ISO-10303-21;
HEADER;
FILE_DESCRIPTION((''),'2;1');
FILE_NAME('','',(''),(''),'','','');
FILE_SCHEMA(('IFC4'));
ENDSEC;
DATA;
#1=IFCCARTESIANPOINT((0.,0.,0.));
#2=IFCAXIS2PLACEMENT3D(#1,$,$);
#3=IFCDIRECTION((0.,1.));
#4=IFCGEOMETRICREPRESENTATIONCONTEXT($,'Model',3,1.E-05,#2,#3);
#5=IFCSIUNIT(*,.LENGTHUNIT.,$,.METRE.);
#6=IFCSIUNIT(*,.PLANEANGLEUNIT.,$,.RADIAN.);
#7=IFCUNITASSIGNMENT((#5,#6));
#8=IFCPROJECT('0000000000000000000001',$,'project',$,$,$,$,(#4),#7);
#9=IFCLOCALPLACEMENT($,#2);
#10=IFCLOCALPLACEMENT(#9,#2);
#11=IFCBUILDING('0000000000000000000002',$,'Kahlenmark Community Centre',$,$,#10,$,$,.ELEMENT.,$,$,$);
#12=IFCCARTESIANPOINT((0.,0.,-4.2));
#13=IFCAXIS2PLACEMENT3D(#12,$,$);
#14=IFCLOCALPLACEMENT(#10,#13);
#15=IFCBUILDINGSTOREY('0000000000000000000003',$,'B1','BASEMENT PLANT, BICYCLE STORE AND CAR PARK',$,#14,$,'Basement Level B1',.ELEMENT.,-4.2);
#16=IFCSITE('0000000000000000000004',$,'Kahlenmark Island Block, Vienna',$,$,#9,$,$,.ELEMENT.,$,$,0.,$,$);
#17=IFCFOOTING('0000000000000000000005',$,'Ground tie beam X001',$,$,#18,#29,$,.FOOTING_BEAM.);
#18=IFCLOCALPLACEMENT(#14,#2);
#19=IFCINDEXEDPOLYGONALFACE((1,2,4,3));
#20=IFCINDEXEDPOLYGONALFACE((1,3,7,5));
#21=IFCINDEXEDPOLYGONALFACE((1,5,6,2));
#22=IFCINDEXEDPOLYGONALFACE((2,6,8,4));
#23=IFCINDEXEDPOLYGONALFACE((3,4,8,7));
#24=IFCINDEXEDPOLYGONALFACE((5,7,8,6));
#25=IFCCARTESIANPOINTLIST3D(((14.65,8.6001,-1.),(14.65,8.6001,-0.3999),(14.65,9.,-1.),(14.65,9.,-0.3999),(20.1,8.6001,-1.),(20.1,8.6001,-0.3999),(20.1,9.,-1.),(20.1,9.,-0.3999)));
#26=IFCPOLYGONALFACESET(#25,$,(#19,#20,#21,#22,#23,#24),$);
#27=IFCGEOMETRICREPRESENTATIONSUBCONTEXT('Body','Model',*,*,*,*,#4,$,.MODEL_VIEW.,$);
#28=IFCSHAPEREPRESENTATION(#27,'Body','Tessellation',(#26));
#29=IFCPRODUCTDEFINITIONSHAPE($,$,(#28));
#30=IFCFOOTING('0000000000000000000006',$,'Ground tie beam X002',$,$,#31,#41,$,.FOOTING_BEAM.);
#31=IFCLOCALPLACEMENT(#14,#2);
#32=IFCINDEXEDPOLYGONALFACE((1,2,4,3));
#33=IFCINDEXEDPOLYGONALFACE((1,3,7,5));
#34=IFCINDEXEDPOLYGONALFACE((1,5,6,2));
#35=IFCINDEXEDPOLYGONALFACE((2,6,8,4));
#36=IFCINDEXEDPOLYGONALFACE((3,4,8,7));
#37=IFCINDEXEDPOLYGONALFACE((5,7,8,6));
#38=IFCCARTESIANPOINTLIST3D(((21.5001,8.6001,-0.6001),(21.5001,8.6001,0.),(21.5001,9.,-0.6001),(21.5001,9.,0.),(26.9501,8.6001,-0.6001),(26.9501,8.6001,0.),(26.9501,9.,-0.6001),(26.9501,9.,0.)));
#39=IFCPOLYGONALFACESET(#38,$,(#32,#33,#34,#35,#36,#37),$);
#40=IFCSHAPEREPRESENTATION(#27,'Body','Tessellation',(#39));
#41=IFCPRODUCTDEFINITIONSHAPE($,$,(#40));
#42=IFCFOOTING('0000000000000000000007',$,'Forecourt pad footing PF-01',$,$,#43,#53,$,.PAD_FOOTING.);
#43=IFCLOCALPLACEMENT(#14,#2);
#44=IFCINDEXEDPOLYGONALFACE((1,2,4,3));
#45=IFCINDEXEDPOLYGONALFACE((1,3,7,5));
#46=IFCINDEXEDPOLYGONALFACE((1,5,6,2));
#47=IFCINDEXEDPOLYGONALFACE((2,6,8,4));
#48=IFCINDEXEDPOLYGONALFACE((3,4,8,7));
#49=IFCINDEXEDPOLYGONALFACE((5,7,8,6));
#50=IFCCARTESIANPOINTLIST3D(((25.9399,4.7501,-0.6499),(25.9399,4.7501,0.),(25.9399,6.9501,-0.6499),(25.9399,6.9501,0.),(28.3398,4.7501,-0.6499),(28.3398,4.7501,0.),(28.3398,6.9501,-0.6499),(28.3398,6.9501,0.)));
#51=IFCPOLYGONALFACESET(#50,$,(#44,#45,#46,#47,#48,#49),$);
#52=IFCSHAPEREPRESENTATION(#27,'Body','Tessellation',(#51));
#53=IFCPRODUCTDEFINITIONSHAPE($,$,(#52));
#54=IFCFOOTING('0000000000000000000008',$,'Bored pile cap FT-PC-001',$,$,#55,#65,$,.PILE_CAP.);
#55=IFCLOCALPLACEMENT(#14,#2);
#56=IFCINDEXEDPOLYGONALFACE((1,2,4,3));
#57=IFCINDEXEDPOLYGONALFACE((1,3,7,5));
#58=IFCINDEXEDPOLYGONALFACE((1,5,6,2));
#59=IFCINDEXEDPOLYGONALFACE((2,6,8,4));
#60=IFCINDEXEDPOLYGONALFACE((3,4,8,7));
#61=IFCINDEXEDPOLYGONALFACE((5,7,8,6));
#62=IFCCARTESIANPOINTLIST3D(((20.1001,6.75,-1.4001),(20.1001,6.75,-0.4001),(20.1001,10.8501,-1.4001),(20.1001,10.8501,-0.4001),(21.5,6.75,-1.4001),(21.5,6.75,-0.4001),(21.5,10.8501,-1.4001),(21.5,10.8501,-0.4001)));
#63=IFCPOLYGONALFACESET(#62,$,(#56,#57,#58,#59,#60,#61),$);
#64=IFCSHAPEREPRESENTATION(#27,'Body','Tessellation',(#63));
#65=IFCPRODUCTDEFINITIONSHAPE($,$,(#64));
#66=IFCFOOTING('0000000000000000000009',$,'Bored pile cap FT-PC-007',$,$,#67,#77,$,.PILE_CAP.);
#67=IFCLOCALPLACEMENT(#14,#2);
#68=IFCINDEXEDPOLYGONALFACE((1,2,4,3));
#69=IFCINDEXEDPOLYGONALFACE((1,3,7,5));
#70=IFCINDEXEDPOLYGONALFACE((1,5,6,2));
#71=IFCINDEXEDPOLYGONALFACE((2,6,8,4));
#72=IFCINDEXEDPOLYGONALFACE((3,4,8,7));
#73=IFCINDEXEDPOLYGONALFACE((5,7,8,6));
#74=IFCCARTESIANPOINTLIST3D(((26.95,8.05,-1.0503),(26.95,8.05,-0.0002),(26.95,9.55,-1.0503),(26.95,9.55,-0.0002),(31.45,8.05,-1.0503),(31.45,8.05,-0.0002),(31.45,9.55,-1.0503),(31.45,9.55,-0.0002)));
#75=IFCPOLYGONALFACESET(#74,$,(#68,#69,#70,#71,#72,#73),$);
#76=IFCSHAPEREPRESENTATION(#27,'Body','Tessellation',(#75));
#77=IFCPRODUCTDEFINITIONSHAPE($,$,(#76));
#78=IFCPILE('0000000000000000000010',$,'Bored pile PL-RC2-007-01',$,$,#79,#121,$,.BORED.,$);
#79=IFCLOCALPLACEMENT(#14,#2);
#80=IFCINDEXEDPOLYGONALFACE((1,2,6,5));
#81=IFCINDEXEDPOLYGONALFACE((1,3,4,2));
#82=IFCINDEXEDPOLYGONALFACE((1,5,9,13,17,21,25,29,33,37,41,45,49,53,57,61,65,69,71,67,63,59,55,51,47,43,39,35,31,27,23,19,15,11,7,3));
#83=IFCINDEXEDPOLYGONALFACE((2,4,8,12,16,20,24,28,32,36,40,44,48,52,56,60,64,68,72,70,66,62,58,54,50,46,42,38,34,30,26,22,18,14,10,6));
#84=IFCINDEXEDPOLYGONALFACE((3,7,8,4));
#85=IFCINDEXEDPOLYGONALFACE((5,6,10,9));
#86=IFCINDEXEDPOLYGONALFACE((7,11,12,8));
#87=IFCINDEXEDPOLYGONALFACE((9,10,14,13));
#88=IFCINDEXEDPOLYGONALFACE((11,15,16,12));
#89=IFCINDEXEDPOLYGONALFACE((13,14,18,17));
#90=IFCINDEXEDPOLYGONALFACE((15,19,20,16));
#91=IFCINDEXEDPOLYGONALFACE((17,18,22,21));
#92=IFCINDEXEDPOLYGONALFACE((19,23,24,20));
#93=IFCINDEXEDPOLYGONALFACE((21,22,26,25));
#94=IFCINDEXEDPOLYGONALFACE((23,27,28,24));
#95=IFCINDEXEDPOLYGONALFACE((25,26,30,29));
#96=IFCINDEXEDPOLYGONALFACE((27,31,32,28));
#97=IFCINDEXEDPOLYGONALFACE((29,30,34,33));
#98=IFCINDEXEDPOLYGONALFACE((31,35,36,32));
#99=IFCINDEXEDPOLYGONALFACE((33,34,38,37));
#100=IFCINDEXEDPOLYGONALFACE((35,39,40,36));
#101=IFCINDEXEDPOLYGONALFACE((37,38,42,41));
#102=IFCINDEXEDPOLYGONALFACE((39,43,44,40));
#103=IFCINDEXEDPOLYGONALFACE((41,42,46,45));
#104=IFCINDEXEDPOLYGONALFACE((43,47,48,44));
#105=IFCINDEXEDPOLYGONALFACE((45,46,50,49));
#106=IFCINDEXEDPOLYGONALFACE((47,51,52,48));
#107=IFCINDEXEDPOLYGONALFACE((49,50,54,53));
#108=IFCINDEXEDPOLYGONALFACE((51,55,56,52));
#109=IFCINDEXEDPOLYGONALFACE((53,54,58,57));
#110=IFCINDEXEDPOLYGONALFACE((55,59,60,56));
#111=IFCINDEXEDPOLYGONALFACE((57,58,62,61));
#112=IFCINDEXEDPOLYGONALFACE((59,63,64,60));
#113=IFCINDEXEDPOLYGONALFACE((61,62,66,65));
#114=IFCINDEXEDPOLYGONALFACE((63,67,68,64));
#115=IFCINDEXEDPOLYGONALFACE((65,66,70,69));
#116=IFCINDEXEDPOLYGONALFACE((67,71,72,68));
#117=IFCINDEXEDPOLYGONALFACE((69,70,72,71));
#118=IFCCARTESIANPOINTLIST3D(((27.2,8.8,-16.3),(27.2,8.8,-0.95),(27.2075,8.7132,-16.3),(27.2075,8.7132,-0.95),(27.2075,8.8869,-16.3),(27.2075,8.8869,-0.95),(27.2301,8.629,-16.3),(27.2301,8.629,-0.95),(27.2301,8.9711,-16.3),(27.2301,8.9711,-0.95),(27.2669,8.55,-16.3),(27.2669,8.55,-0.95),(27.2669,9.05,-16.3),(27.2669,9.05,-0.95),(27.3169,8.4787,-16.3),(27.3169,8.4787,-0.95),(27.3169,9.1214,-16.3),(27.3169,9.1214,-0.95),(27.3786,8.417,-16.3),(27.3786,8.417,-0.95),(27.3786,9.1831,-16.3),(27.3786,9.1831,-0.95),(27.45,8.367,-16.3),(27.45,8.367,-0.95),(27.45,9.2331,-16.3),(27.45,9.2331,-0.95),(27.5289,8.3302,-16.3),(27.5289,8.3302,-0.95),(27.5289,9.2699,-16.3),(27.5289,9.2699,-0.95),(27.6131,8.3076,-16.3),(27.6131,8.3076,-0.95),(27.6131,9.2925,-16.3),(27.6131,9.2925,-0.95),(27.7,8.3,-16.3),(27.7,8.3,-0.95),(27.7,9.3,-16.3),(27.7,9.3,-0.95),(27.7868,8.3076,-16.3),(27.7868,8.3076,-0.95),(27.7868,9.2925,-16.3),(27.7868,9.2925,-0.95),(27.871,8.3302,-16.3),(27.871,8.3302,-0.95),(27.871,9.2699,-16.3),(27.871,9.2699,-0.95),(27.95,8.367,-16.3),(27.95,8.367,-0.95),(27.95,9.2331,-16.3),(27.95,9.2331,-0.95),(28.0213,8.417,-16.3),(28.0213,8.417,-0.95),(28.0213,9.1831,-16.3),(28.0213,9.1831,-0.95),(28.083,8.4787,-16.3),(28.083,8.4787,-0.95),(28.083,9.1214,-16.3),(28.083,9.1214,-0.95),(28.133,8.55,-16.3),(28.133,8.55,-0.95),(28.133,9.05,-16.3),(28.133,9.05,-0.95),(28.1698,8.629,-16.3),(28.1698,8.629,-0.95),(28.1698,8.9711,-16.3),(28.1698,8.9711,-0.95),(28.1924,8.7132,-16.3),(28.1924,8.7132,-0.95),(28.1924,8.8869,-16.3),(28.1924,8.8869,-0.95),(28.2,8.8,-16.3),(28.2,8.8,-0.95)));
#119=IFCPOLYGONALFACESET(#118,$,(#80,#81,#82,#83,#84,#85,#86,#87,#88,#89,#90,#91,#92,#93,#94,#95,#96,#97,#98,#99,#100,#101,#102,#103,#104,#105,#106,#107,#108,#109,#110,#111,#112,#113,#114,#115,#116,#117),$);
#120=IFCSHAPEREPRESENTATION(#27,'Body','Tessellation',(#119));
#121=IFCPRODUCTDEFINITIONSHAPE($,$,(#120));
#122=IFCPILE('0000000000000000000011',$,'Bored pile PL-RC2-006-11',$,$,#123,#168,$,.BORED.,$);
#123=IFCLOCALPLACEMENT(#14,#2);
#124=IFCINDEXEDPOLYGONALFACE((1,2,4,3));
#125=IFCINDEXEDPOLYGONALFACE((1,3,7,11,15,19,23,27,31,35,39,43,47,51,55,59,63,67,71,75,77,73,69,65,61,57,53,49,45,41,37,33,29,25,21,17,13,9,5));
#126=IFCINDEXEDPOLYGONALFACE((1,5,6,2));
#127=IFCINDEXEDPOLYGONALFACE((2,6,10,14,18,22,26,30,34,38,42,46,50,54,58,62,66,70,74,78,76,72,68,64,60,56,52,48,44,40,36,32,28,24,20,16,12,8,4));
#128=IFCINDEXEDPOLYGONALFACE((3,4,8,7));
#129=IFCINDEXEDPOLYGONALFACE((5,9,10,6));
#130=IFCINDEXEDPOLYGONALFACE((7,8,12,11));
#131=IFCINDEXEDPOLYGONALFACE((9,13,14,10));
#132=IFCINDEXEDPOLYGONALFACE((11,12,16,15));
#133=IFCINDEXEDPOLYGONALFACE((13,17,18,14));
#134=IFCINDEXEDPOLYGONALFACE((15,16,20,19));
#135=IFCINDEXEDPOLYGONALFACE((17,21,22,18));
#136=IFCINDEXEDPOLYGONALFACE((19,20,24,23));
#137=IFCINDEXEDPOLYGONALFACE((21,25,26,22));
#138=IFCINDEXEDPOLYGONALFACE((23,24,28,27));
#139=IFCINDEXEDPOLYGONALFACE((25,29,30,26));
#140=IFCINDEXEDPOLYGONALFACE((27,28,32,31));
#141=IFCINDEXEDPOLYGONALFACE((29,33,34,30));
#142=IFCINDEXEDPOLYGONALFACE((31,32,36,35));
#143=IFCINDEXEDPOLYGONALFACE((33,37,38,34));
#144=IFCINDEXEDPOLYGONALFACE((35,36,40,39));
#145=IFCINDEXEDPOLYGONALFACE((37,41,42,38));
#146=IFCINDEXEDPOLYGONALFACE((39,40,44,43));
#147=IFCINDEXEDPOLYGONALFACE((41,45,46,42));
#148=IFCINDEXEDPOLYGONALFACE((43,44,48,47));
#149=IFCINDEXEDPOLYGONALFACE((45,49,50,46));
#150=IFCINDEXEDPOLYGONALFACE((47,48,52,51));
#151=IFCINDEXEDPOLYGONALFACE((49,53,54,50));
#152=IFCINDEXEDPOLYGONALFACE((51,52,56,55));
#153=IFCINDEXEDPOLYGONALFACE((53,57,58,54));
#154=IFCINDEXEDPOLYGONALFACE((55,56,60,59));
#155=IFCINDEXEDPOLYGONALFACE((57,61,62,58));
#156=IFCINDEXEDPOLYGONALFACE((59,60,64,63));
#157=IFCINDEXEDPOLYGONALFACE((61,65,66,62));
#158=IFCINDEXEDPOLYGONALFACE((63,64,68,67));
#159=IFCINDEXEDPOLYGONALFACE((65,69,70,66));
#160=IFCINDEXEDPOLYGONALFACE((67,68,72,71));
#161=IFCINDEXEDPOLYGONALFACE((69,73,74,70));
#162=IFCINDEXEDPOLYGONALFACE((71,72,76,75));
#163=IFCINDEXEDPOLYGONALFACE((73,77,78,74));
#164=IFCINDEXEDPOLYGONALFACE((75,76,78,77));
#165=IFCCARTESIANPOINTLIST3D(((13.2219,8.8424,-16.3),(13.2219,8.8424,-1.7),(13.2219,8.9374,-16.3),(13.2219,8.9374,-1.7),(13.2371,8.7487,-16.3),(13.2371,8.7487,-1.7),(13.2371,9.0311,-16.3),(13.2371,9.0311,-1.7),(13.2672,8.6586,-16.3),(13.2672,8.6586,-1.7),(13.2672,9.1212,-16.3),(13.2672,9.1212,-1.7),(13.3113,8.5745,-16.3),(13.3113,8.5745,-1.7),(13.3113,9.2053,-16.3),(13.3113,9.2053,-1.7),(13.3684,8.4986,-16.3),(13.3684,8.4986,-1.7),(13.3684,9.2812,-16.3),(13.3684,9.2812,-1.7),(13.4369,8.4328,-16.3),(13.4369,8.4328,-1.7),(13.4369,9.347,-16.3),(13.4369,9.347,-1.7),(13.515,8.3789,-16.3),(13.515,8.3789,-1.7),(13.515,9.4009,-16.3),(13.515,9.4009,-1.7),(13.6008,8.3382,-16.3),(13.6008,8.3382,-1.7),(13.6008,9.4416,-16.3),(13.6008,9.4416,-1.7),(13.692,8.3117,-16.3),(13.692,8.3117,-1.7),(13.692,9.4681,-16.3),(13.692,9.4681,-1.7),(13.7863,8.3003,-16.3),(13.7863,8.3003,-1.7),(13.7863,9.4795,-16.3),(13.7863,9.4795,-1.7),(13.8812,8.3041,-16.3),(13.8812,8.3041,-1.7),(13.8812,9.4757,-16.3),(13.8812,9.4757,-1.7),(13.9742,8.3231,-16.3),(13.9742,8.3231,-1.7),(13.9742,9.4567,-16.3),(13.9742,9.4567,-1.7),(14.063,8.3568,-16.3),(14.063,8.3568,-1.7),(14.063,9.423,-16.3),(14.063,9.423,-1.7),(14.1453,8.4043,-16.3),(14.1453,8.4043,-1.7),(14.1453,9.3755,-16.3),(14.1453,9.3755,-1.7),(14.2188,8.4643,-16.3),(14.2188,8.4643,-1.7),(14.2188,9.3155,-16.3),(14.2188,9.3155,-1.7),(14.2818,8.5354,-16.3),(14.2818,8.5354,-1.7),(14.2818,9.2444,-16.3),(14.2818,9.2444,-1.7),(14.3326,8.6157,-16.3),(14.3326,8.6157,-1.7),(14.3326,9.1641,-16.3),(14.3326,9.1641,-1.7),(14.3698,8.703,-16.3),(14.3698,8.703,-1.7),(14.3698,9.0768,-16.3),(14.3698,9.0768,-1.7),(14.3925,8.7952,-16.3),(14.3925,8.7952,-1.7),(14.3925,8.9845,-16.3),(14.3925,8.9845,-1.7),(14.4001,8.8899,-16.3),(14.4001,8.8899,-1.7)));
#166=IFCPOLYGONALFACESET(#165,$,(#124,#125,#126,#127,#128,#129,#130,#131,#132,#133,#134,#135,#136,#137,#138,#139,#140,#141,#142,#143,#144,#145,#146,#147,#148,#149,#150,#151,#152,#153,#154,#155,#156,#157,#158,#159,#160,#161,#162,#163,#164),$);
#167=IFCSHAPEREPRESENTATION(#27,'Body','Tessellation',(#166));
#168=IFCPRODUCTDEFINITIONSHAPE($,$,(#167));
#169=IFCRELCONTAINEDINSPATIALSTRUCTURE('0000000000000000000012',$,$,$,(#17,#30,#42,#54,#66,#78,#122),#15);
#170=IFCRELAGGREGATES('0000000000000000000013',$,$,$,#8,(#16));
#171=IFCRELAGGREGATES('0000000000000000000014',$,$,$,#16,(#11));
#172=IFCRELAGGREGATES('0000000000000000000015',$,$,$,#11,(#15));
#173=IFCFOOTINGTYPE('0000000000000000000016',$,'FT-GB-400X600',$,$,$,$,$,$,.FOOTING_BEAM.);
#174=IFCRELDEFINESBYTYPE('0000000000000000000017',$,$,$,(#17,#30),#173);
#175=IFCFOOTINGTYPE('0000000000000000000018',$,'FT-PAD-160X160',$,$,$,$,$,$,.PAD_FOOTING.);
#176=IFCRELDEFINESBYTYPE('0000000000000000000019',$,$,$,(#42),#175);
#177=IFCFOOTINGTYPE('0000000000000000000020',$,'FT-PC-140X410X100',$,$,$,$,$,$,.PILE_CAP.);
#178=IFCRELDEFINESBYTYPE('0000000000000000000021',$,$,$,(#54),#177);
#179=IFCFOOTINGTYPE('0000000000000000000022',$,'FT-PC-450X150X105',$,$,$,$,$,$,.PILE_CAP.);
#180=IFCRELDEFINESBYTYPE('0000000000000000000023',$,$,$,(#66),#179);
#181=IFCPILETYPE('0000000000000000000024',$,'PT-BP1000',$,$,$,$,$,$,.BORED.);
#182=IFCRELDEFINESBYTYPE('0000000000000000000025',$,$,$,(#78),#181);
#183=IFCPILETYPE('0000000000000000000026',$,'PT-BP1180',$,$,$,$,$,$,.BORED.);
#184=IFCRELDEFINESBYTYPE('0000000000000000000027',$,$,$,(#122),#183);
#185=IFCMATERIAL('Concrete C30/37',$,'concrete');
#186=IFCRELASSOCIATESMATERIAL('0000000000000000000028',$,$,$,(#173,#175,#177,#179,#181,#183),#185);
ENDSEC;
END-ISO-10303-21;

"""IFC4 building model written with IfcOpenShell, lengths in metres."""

from ifc_helpers import new_model, si_unit, direction, frame, origin, origin_2d, place, context, subcontext, project, spatial, rectangle, circle, extrude, material, material_profile, profile_set, type_object, element, save


model = new_model("IFC4")

# Units and contexts
model_context = context("Model", 3, precision=1e-05, world=origin(), true_north=direction((0.0, 1.0)))
body_context = subcontext(model_context, "Body", "Model", "MODEL_VIEW")
ifc_project = project(units=[si_unit("LENGTHUNIT", "METRE"), si_unit("PLANEANGLEUNIT", "RADIAN")], contexts=[model_context])

# Site, building, storey
site_placement = place(None, origin())
site = spatial("IfcSite", under=ifc_project, at=site_placement, Name="Kahlenmark Island Block, Vienna", CompositionType="ELEMENT", RefElevation=0.0)
building_placement = place(site_placement, origin())
building = spatial("IfcBuilding", under=site, at=building_placement, Name="Kahlenmark Community Centre", CompositionType="ELEMENT")
storey_placement = place(building_placement, frame((0.0, 0.0, -4.2)))
storey = spatial("IfcBuildingStorey", under=building, at=storey_placement, Name="B1", Description="BASEMENT PLANT, BICYCLE STORE AND CAR PARK", LongName="Basement Level B1", CompositionType="ELEMENT", Elevation=-4.2)

# Footings
ifc_material_1 = material(Name="Concrete C30/37", Category="concrete")
footing_type_1 = type_object("IfcFootingType", Name="FT-GB-400X600", PredefinedType="FOOTING_BEAM", material=ifc_material_1)
for number, where, z_axis, x_axis, name in (
    (1, (17.375, 8.8, -1.0), (0.0, 0.0, 1.0), (1.0, 0.0, 0.0), "Ground tie beam X001"),
    (2, (24.2251, 8.8, -0.6001), (0.0, 0.0, 1.0), (1.0, 0.0, 0.0), "Ground tie beam X002"),
):
    element("IfcFooting", number, at=place(storey_placement, frame(where, z_axis=z_axis, x_axis=x_axis)), inside=storey, type_object=footing_type_1, Name=name, PredefinedType="FOOTING_BEAM", context=body_context, shape_type="SweptSolid", body=[
        extrude(rectangle(XDim=5.45, YDim=0.3999, at=origin_2d()), origin(), (0.0, 0.0, 1.0), 0.6001),
    ])
footing_type_2 = type_object("IfcFootingType", Name="FT-PAD-160X160", PredefinedType="PAD_FOOTING", material=ifc_material_1)
footing_1_placement = place(storey_placement, frame((27.1399, 5.8501, -0.6499), z_axis=(0.0, 0.0, 1.0), x_axis=(1.0, 0.0, 0.0)))
element("IfcFooting", 3, at=footing_1_placement, inside=storey, type_object=footing_type_2, Name="Forecourt pad footing PF-01", PredefinedType="PAD_FOOTING", context=body_context, shape_type="SweptSolid", body=[
    extrude(rectangle(XDim=2.3999, YDim=2.2, at=origin_2d()), origin(), (0.0, 0.0, 1.0), 0.6499),
])
footing_type_3 = type_object("IfcFootingType", Name="FT-PC-140X410X100", PredefinedType="PILE_CAP", material=ifc_material_1)
footing_2_placement = place(storey_placement, frame((20.8, 8.8, -1.4001), z_axis=(0.0, 0.0, 1.0), x_axis=(1.0, 0.0, 0.0)))
element("IfcFooting", 4, at=footing_2_placement, inside=storey, type_object=footing_type_3, Name="Bored pile cap FT-PC-001", PredefinedType="PILE_CAP", context=body_context, shape_type="SweptSolid", body=[
    extrude(rectangle(XDim=1.3999, YDim=4.1001, at=origin_2d()), origin(), (0.0, 0.0, 1.0), 1.0),
])
footing_type_4 = type_object("IfcFootingType", Name="FT-PC-450X150X105", PredefinedType="PILE_CAP", material=ifc_material_1)
footing_3_placement = place(storey_placement, frame((29.2, 8.8, -1.0503), z_axis=(0.0, 0.0, 1.0), x_axis=(1.0, 0.0, 0.0)))
element("IfcFooting", 5, at=footing_3_placement, inside=storey, type_object=footing_type_4, Name="Bored pile cap FT-PC-007", PredefinedType="PILE_CAP", context=body_context, shape_type="SweptSolid", body=[
    extrude(rectangle(XDim=4.5, YDim=1.5, at=origin_2d()), origin(), (0.0, 0.0, 1.0), 1.05),
])

# Piles
ifc_material_profile_1 = material_profile(ifc_material_1, circle(Radius=0.5, at=origin_2d()), Name="BORED PILE 1000")
ifc_profile_set_1 = profile_set([ifc_material_profile_1], Name="Concrete C30/37")
pile_type_1 = type_object("IfcPileType", Name="PT-BP1000", PredefinedType="BORED", material=ifc_profile_set_1)
pile_1_placement = place(storey_placement, frame((27.7, 8.8, -0.95), z_axis=(0.0, 0.0, -1.0), x_axis=(1.0, 0.0, 0.0)))
element("IfcPile", 6, at=pile_1_placement, inside=storey, type_object=pile_type_1, Name="Bored pile PL-RC2-007-01", PredefinedType="BORED", context=body_context, shape_type="SweptSolid", body=[
    extrude(circle(Radius=0.5, at=origin_2d()), origin(), (0.0, 0.0, 1.0), 15.3501),
])
ifc_material_profile_2 = material_profile(ifc_material_1, circle(Radius=0.5901, at=origin_2d()), Name="BORED PILE 1180")
ifc_profile_set_2 = profile_set([ifc_material_profile_2], Name="Concrete C30/37")
pile_type_2 = type_object("IfcPileType", Name="PT-BP1180", PredefinedType="BORED", material=ifc_profile_set_2)
pile_2_placement = place(storey_placement, frame((13.8101, 8.8899, -1.7), z_axis=(0.0, 0.0, -1.0), x_axis=(1.0, 0.0, 0.0)))
element("IfcPile", 7, at=pile_2_placement, inside=storey, type_object=pile_type_2, Name="Bored pile PL-RC2-006-11", PredefinedType="BORED", context=body_context, shape_type="SweptSolid", body=[
    extrude(circle(Radius=0.5901, at=origin_2d()), origin(), (0.0, 0.0, 1.0), 14.6001),
])

save(model, "model.ifc")
